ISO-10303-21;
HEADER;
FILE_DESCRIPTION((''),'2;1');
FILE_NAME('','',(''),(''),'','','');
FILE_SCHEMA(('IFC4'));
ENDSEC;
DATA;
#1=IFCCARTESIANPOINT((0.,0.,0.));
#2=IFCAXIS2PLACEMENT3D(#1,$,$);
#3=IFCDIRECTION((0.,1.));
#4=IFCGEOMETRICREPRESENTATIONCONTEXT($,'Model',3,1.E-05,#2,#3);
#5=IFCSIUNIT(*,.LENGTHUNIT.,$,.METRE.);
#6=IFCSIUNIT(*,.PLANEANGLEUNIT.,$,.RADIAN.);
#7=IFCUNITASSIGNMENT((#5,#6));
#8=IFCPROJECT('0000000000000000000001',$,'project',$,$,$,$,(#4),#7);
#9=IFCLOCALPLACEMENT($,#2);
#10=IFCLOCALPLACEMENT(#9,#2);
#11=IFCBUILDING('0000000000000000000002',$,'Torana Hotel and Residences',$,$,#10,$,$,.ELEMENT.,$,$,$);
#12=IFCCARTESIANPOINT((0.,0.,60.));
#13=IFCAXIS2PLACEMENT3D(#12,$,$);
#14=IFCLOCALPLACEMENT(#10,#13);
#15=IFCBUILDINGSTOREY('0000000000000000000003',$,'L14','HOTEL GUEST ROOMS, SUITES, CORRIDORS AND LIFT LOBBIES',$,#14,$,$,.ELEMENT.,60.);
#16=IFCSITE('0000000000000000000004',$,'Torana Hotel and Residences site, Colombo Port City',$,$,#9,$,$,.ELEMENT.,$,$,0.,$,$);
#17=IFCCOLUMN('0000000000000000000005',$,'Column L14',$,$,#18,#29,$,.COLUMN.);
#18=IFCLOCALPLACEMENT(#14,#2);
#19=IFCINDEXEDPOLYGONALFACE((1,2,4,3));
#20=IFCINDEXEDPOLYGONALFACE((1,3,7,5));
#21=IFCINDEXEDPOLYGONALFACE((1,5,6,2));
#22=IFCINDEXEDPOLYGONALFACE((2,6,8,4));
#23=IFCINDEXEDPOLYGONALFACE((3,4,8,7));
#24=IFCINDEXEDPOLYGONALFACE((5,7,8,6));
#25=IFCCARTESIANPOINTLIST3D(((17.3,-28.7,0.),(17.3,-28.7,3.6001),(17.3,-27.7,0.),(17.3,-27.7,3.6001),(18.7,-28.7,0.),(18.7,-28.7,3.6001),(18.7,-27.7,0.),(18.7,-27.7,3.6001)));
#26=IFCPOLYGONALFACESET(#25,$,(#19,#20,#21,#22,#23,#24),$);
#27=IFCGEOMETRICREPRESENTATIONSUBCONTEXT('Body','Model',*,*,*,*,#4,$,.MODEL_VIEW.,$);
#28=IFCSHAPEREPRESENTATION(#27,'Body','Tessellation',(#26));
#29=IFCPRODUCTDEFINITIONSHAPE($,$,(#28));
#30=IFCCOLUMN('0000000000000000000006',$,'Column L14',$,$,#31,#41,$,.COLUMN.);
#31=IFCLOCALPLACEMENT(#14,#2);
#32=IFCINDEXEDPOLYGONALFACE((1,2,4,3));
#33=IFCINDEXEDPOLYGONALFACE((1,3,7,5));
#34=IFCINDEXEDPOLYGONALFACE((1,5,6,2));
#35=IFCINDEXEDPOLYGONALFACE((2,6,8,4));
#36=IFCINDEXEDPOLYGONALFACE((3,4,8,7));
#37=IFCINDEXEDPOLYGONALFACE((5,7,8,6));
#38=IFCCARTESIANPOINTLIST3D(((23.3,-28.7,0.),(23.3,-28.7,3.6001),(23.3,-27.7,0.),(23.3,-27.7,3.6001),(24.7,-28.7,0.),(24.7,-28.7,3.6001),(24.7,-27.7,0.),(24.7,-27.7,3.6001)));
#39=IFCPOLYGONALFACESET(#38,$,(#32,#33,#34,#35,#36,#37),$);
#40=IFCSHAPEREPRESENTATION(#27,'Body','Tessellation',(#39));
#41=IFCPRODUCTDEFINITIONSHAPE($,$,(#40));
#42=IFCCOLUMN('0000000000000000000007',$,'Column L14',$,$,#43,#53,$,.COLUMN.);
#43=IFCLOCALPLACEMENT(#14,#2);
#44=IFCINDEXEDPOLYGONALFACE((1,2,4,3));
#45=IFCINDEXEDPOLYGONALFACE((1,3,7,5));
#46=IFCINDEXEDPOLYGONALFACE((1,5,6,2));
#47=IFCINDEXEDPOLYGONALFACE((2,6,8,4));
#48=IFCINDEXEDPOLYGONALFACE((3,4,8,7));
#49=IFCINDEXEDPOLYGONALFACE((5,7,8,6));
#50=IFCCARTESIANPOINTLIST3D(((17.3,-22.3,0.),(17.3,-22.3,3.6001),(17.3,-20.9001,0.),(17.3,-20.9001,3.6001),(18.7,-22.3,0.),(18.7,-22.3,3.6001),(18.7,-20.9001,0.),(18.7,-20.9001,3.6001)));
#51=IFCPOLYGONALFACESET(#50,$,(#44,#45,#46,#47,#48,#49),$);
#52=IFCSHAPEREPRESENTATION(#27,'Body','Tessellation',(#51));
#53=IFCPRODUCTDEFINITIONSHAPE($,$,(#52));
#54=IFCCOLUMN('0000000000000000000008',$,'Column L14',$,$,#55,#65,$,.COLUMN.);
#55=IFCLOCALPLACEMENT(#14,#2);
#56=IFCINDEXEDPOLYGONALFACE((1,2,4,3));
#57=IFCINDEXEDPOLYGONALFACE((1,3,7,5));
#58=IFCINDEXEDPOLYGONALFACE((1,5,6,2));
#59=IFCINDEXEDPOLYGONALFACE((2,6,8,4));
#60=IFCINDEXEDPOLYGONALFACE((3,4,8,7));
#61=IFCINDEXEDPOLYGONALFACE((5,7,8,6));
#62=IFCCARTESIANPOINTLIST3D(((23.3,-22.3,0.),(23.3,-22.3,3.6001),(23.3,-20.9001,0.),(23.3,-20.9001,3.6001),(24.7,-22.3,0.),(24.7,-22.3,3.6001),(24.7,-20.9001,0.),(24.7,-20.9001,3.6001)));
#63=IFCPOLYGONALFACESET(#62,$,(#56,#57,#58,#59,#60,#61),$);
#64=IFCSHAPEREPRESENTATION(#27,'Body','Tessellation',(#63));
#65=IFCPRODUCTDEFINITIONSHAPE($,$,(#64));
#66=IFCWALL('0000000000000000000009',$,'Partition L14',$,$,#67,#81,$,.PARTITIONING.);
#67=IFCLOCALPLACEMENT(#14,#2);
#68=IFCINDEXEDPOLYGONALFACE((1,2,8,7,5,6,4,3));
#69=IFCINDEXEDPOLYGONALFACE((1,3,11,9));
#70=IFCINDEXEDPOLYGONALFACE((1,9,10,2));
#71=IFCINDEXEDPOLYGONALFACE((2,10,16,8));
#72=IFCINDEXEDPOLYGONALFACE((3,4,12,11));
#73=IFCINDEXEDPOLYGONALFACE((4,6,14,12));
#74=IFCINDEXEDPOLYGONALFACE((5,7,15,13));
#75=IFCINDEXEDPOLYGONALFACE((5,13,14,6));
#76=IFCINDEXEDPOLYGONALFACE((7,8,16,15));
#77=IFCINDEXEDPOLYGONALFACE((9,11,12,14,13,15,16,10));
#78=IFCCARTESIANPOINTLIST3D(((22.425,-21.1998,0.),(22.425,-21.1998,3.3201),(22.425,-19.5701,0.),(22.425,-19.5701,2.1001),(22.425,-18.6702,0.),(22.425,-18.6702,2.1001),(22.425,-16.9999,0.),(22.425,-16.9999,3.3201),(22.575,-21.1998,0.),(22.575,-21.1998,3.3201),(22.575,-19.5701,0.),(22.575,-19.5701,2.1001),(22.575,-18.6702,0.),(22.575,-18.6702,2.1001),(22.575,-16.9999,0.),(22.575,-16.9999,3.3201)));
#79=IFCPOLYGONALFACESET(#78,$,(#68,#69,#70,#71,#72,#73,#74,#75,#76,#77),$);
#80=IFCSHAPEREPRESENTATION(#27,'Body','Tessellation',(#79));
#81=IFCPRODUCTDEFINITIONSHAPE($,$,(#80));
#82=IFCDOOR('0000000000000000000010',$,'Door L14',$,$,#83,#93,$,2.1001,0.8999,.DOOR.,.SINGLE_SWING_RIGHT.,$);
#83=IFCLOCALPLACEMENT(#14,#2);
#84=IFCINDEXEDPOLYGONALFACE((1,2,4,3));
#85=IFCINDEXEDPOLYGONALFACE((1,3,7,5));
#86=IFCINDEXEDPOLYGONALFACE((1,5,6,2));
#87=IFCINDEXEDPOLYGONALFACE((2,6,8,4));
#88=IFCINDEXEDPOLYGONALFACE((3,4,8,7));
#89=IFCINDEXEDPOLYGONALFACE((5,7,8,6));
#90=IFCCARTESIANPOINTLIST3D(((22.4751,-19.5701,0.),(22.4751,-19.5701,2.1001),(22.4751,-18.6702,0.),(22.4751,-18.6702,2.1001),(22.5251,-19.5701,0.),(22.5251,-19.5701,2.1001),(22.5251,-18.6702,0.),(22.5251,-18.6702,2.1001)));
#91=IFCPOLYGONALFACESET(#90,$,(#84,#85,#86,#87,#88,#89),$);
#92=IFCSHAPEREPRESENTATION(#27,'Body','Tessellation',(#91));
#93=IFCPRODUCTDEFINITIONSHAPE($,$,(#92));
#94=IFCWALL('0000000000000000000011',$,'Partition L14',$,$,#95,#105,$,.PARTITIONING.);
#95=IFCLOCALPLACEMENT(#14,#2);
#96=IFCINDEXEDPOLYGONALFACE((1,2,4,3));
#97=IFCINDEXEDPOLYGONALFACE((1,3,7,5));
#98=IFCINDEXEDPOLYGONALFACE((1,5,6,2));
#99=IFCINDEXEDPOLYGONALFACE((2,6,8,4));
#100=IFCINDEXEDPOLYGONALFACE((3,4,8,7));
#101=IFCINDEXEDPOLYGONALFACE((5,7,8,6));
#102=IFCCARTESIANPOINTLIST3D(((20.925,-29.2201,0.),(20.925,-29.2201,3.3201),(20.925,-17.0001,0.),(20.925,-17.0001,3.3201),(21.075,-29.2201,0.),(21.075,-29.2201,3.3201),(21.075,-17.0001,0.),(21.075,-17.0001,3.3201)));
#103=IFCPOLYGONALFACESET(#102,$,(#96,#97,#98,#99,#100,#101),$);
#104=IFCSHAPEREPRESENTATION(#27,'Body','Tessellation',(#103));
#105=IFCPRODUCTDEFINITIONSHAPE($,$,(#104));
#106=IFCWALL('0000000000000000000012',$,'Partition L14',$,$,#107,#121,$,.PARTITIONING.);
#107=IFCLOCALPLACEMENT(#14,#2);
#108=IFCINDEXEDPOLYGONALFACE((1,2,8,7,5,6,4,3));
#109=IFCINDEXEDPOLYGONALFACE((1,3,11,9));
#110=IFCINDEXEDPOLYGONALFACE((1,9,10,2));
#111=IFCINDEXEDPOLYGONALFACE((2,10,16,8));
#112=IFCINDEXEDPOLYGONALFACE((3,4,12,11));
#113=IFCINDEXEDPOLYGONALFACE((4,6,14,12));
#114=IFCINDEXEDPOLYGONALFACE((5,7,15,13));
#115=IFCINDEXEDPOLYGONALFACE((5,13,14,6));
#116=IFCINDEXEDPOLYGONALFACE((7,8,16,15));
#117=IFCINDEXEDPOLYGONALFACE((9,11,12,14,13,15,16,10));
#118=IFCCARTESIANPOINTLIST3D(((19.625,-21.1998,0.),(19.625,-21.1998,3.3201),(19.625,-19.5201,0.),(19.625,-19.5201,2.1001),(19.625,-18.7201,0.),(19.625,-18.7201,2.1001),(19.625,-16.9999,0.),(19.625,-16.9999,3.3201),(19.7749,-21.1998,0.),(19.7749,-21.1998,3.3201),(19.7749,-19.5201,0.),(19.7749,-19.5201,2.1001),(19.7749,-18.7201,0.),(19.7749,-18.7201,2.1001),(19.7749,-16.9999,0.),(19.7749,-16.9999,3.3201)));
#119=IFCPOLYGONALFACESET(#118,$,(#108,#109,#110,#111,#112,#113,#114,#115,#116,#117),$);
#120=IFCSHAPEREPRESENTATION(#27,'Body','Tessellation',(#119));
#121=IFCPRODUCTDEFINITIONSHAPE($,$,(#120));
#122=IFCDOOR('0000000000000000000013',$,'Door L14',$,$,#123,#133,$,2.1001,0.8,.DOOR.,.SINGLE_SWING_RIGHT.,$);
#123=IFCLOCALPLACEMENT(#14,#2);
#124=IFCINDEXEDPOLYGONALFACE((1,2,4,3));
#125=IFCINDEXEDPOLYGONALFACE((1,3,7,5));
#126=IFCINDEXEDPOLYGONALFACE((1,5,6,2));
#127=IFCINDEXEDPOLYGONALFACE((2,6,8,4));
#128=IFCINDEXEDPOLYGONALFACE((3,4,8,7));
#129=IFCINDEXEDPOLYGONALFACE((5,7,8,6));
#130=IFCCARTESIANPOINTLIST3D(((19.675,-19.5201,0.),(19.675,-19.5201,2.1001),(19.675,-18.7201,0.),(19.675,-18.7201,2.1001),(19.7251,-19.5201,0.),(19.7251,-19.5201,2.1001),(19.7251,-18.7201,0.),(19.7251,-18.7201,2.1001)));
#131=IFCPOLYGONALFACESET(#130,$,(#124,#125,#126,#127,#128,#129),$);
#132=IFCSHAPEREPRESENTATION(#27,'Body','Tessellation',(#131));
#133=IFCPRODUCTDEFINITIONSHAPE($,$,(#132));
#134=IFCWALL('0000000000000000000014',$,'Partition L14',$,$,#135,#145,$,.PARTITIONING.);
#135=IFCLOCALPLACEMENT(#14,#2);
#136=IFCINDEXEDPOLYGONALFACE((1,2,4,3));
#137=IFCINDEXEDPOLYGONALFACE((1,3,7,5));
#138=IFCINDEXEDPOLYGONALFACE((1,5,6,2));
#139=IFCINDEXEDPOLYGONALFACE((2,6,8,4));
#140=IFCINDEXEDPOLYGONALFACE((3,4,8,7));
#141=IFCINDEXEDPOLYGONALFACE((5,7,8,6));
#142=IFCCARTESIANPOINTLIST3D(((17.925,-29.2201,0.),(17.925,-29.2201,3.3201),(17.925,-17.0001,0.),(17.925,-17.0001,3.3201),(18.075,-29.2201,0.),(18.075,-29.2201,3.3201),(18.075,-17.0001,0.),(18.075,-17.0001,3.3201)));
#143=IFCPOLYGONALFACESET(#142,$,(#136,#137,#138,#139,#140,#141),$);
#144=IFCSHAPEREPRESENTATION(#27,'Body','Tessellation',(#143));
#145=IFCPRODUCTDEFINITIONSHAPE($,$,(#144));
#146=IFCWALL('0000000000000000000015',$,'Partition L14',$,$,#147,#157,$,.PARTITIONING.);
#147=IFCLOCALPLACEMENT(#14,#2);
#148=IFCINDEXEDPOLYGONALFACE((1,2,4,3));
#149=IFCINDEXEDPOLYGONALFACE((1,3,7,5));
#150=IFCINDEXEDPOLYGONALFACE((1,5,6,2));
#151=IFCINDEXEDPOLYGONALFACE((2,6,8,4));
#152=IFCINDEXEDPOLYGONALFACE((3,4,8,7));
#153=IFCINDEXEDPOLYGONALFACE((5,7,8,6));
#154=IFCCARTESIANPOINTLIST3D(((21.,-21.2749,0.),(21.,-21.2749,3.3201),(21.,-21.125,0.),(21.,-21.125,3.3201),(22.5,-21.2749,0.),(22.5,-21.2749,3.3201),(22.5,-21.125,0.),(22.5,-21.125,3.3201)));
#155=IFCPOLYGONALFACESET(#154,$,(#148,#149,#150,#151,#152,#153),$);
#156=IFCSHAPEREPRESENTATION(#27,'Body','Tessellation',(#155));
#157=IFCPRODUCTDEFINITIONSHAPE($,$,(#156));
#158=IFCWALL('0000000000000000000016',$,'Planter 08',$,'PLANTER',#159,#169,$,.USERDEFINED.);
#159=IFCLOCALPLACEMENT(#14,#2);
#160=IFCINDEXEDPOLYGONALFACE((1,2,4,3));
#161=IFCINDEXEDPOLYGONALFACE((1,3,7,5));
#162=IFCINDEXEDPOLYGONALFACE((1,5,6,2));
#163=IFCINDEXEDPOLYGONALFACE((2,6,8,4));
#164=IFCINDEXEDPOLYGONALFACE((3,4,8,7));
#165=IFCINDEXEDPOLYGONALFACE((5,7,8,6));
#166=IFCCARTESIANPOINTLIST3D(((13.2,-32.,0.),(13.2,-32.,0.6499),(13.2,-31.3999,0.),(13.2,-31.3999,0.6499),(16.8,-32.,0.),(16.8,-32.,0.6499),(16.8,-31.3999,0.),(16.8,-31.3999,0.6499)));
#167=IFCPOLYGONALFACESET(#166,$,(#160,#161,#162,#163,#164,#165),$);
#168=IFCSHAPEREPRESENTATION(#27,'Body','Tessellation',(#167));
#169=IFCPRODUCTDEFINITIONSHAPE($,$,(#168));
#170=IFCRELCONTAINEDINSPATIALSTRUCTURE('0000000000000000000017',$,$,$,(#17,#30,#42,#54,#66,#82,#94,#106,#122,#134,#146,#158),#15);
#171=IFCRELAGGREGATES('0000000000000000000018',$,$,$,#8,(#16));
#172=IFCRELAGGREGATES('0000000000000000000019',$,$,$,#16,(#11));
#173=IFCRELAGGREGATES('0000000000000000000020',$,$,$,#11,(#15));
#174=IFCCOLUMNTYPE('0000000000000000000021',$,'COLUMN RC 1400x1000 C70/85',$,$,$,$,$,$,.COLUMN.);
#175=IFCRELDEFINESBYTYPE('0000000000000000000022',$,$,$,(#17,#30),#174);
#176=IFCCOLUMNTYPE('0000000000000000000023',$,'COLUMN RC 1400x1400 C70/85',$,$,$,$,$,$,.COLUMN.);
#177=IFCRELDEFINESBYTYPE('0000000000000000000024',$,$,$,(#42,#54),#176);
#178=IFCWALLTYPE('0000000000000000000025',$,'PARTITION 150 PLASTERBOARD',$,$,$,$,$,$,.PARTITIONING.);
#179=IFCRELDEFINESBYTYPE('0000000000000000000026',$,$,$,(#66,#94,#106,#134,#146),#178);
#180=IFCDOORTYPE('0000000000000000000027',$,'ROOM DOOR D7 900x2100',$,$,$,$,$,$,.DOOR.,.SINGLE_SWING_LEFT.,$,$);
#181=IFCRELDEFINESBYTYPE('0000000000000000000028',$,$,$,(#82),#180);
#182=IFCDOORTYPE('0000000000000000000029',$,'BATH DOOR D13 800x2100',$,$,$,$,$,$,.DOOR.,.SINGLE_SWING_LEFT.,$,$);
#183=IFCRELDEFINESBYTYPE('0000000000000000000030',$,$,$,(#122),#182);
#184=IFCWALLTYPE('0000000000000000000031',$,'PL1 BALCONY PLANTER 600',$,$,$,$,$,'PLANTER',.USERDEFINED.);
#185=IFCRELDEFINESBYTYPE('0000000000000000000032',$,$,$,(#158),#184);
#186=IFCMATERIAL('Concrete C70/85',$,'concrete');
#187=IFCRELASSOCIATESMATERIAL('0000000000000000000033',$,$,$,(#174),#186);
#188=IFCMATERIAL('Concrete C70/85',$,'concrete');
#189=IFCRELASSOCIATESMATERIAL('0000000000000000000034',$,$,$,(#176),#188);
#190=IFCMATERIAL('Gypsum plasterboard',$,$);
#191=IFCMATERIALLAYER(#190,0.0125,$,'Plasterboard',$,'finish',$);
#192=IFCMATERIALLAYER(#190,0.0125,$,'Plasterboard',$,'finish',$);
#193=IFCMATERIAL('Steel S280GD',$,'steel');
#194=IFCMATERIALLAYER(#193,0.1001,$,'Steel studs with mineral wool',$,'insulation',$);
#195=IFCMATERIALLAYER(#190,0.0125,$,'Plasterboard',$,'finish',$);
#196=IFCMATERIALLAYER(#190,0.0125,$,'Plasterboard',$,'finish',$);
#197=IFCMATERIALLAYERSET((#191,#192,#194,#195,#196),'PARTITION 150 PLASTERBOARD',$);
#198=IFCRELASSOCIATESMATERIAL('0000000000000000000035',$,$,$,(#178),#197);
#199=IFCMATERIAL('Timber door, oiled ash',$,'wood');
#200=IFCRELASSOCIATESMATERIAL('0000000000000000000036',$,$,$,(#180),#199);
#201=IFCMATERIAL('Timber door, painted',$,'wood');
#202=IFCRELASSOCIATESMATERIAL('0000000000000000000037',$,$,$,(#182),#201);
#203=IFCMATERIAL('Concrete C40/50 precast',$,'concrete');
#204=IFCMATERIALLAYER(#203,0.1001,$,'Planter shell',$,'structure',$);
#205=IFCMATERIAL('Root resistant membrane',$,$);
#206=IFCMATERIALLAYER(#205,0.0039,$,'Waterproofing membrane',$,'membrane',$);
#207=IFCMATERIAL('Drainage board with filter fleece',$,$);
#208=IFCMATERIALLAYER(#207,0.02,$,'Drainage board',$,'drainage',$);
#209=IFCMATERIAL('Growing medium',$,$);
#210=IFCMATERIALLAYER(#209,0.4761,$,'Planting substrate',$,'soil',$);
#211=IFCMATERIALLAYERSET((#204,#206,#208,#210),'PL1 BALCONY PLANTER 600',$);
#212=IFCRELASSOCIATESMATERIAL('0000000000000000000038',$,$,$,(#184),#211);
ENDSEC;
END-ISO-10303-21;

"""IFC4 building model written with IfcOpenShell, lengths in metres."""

from ifc_helpers import new_model, si_unit, direction, frame, frame_2d, origin, origin_2d, place, context, subcontext, project, spatial, rectangle, extrude, material, layer, layer_set, material_profile, profile_set, type_object, element, fill, save


model = new_model("IFC4")

# Units and contexts
model_context = context("Model", 3, precision=1e-05, world=origin(), true_north=direction((0.0, 1.0)))
body_context = subcontext(model_context, "Body", "Model", "MODEL_VIEW")
ifc_project = project(units=[si_unit("LENGTHUNIT", "METRE"), si_unit("PLANEANGLEUNIT", "RADIAN")], contexts=[model_context])

# Site, building, storey
site_placement = place(None, origin())
site = spatial("IfcSite", under=ifc_project, at=site_placement, Name="Torana Hotel and Residences site, Colombo Port City", CompositionType="ELEMENT", RefElevation=0.0)
building_placement = place(site_placement, origin())
building = spatial("IfcBuilding", under=site, at=building_placement, Name="Torana Hotel and Residences", CompositionType="ELEMENT")
storey_placement = place(building_placement, frame((0.0, 0.0, 60.0)))
storey = spatial("IfcBuildingStorey", under=building, at=storey_placement, Name="L14", Description="HOTEL GUEST ROOMS, SUITES, CORRIDORS AND LIFT LOBBIES", CompositionType="ELEMENT", Elevation=60.0)

# Columns
ifc_material_1 = material(Name="Concrete C70/85", Category="concrete")
ifc_material_profile_1 = material_profile(ifc_material_1, rectangle(XDim=1.3999, YDim=1.0, at=origin_2d()), Name="RC 1400x1000")
ifc_profile_set_1 = profile_set([ifc_material_profile_1], Name="Concrete C70/85")
column_type_1 = type_object("IfcColumnType", Name="COLUMN RC 1400x1000 C70/85", PredefinedType="COLUMN", material=ifc_profile_set_1)
for number, where, z_axis, x_axis, name in (
    (1, (18.0, -28.2, 0.0), (0.0, 0.0, 1.0), (1.0, 0.0, 0.0), "Column L14"),
    (2, (24.0, -28.2, 0.0), (0.0, 0.0, 1.0), (1.0, 0.0, 0.0), "Column L14"),
):
    element("IfcColumn", number, at=place(storey_placement, frame(where, z_axis=z_axis, x_axis=x_axis)), inside=storey, type_object=column_type_1, Name=name, PredefinedType="COLUMN", context=body_context, shape_type="SweptSolid", body=[
        extrude(rectangle(XDim=1.3999, YDim=1.0, at=origin_2d()), origin(), (0.0, 0.0, 1.0), 3.6001),
    ])
ifc_material_2 = material(Name="Concrete C70/85", Category="concrete")
ifc_material_profile_2 = material_profile(ifc_material_2, rectangle(XDim=1.3999, YDim=1.3999, at=origin_2d()), Name="RC 1400x1400")
ifc_profile_set_2 = profile_set([ifc_material_profile_2], Name="Concrete C70/85")
column_type_2 = type_object("IfcColumnType", Name="COLUMN RC 1400x1400 C70/85", PredefinedType="COLUMN", material=ifc_profile_set_2)
for number, where, z_axis, x_axis, name in (
    (3, (18.0, -21.6001, 0.0), (0.0, 0.0, 1.0), (1.0, 0.0, 0.0), "Column L14"),
    (4, (24.0, -21.6001, 0.0), (0.0, 0.0, 1.0), (1.0, 0.0, 0.0), "Column L14"),
):
    element("IfcColumn", number, at=place(storey_placement, frame(where, z_axis=z_axis, x_axis=x_axis)), inside=storey, type_object=column_type_2, Name=name, PredefinedType="COLUMN", context=body_context, shape_type="SweptSolid", body=[
        extrude(rectangle(XDim=1.3999, YDim=1.3999, at=origin_2d()), origin(), (0.0, 0.0, 1.0), 3.6001),
    ])

# Wall, opening, door
ifc_material_3 = material(Name="Gypsum plasterboard")
ifc_layer_1 = layer(ifc_material_3, 0.0125, Name="Plasterboard", Category="finish")
ifc_layer_2 = layer(ifc_material_3, 0.0125, Name="Plasterboard", Category="finish")
ifc_material_4 = material(Name="Steel S280GD", Category="steel")
ifc_layer_3 = layer(ifc_material_4, 0.1001, Name="Steel studs with mineral wool", Category="insulation")
ifc_layer_4 = layer(ifc_material_3, 0.0125, Name="Plasterboard", Category="finish")
ifc_layer_5 = layer(ifc_material_3, 0.0125, Name="Plasterboard", Category="finish")
ifc_layer_set_1 = layer_set([ifc_layer_1, ifc_layer_2, ifc_layer_3, ifc_layer_4, ifc_layer_5], Name="PARTITION 150 PLASTERBOARD")
wall_type_1 = type_object("IfcWallType", Name="PARTITION 150 PLASTERBOARD", PredefinedType="PARTITIONING", material=ifc_layer_set_1)
wall_1_placement = place(storey_placement, frame((22.5, -21.2, 0.0), z_axis=(0.0, 0.0, 1.0), x_axis=(0.0, 1.0, 0.0)))
wall_1 = element("IfcWall", 5, at=wall_1_placement, inside=storey, type_object=wall_type_1, Name="Partition L14", PredefinedType="PARTITIONING", context=body_context, shape_type="SweptSolid", body=[
    extrude(rectangle(XDim=4.2, YDim=0.1499, at=frame_2d((2.1001, 0.0))), origin(), (0.0, 0.0, 1.0), 3.3201),
])
opening_1_placement = place(wall_1_placement, frame((1.6299, 0.0, 0.0)))
opening_1 = element("IfcOpeningElement", 6, at=opening_1_placement, cuts=wall_1, PredefinedType="OPENING", context=body_context, shape_type="SweptSolid", body=[
    extrude(rectangle(XDim=0.8999, YDim=2.1001, at=frame_2d((0.45, 1.05))), frame((0.0, 0.085, 0.0), z_axis=(0.0, -1.0, 0.0), x_axis=(1.0, 0.0, 0.0)), (0.0, 0.0, 1.0), 0.1699),
])
ifc_material_5 = material(Name="Timber door, oiled ash", Category="wood")
door_type_1 = type_object("IfcDoorType", Name="ROOM DOOR D7 900x2100", OperationType="SINGLE_SWING_LEFT", PredefinedType="DOOR", material=ifc_material_5)
door_1_placement = place(opening_1_placement, origin())
door_1 = element("IfcDoor", 7, at=door_1_placement, inside=storey, type_object=door_type_1, Name="Door L14", OperationType="SINGLE_SWING_RIGHT", OverallHeight=2.1001, OverallWidth=0.8999, PredefinedType="DOOR", context=body_context, shape_type="SweptSolid", body=[
    extrude(rectangle(XDim=0.8999, YDim=2.1001, at=frame_2d((0.45, 1.05))), frame((0.0, 0.0249, 0.0), z_axis=(0.0, -1.0, 0.0), x_axis=(1.0, 0.0, 0.0)), (0.0, 0.0, 1.0), 0.05),
])
fill(opening_1, door_1)

# Wall
wall_2_placement = place(storey_placement, frame((21.0, -29.22, 0.0), z_axis=(0.0, 0.0, 1.0), x_axis=(0.0, 1.0, 0.0)))
element("IfcWall", 8, at=wall_2_placement, inside=storey, type_object=wall_type_1, Name="Partition L14", PredefinedType="PARTITIONING", context=body_context, shape_type="SweptSolid", body=[
    extrude(rectangle(XDim=12.22, YDim=0.1499, at=frame_2d((6.1099, 0.0))), origin(), (0.0, 0.0, 1.0), 3.3201),
])

# Wall, opening, door
wall_3_placement = place(storey_placement, frame((19.7, -21.2, 0.0), z_axis=(0.0, 0.0, 1.0), x_axis=(0.0, 1.0, 0.0)))
wall_3 = element("IfcWall", 9, at=wall_3_placement, inside=storey, type_object=wall_type_1, Name="Partition L14", PredefinedType="PARTITIONING", context=body_context, shape_type="SweptSolid", body=[
    extrude(rectangle(XDim=4.2, YDim=0.1499, at=frame_2d((2.1001, 0.0))), origin(), (0.0, 0.0, 1.0), 3.3201),
])
opening_2_placement = place(wall_3_placement, frame((1.6799, 0.0, 0.0)))
opening_2 = element("IfcOpeningElement", 10, at=opening_2_placement, cuts=wall_3, PredefinedType="OPENING", context=body_context, shape_type="SweptSolid", body=[
    extrude(rectangle(XDim=0.8, YDim=2.1001, at=frame_2d((0.3999, 1.05))), frame((0.0, 0.085, 0.0), z_axis=(0.0, -1.0, 0.0), x_axis=(1.0, 0.0, 0.0)), (0.0, 0.0, 1.0), 0.1699),
])
ifc_material_6 = material(Name="Timber door, painted", Category="wood")
door_type_2 = type_object("IfcDoorType", Name="BATH DOOR D13 800x2100", OperationType="SINGLE_SWING_LEFT", PredefinedType="DOOR", material=ifc_material_6)
door_2_placement = place(opening_2_placement, origin())
door_2 = element("IfcDoor", 11, at=door_2_placement, inside=storey, type_object=door_type_2, Name="Door L14", OperationType="SINGLE_SWING_RIGHT", OverallHeight=2.1001, OverallWidth=0.8, PredefinedType="DOOR", context=body_context, shape_type="SweptSolid", body=[
    extrude(rectangle(XDim=0.8, YDim=2.1001, at=frame_2d((0.3999, 1.05))), frame((0.0, 0.0249, 0.0), z_axis=(0.0, -1.0, 0.0), x_axis=(1.0, 0.0, 0.0)), (0.0, 0.0, 1.0), 0.05),
])
fill(opening_2, door_2)

# Walls
wall_4_placement = place(storey_placement, frame((18.0, -29.22, 0.0), z_axis=(0.0, 0.0, 1.0), x_axis=(0.0, 1.0, 0.0)))
element("IfcWall", 12, at=wall_4_placement, inside=storey, type_object=wall_type_1, Name="Partition L14", PredefinedType="PARTITIONING", context=body_context, shape_type="SweptSolid", body=[
    extrude(rectangle(XDim=12.22, YDim=0.1499, at=frame_2d((6.1099, 0.0))), origin(), (0.0, 0.0, 1.0), 3.3201),
])
wall_5_placement = place(storey_placement, frame((21.0, -21.2, 0.0), z_axis=(0.0, 0.0, 1.0), x_axis=(1.0, 0.0, 0.0)))
element("IfcWall", 13, at=wall_5_placement, inside=storey, type_object=wall_type_1, Name="Partition L14", PredefinedType="PARTITIONING", context=body_context, shape_type="SweptSolid", body=[
    extrude(rectangle(XDim=1.5, YDim=0.1499, at=frame_2d((0.75, 0.0))), origin(), (0.0, 0.0, 1.0), 3.3201),
])
ifc_material_7 = material(Name="Concrete C40/50 precast", Category="concrete")
ifc_layer_6 = layer(ifc_material_7, 0.1001, Name="Planter shell", Category="structure")
ifc_material_8 = material(Name="Root resistant membrane")
ifc_layer_7 = layer(ifc_material_8, 0.0039, Name="Waterproofing membrane", Category="membrane")
ifc_material_9 = material(Name="Drainage board with filter fleece")
ifc_layer_8 = layer(ifc_material_9, 0.02, Name="Drainage board", Category="drainage")
ifc_material_10 = material(Name="Growing medium")
ifc_layer_9 = layer(ifc_material_10, 0.4761, Name="Planting substrate", Category="soil")
ifc_layer_set_2 = layer_set([ifc_layer_6, ifc_layer_7, ifc_layer_8, ifc_layer_9], Name="PL1 BALCONY PLANTER 600")
wall_type_2 = type_object("IfcWallType", Name="PL1 BALCONY PLANTER 600", ElementType="PLANTER", PredefinedType="USERDEFINED", material=ifc_layer_set_2)
for number, where, z_axis, x_axis, name in (
    (14, (16.8, -31.7, 0.0), (0.0, 0.0, 1.0), (-1.0, 0.0, 0.0), "Planter 08"),
):
    element("IfcWall", number, at=place(storey_placement, frame(where, z_axis=z_axis, x_axis=x_axis)), inside=storey, type_object=wall_type_2, Name=name, ObjectType="PLANTER", PredefinedType="USERDEFINED", context=body_context, shape_type="SweptSolid", body=[
        extrude(rectangle(XDim=3.6001, YDim=0.6001, at=frame_2d((1.8, 0.0))), origin(), (0.0, 0.0, 1.0), 0.6499),
    ])

save(model, "model.ifc")
